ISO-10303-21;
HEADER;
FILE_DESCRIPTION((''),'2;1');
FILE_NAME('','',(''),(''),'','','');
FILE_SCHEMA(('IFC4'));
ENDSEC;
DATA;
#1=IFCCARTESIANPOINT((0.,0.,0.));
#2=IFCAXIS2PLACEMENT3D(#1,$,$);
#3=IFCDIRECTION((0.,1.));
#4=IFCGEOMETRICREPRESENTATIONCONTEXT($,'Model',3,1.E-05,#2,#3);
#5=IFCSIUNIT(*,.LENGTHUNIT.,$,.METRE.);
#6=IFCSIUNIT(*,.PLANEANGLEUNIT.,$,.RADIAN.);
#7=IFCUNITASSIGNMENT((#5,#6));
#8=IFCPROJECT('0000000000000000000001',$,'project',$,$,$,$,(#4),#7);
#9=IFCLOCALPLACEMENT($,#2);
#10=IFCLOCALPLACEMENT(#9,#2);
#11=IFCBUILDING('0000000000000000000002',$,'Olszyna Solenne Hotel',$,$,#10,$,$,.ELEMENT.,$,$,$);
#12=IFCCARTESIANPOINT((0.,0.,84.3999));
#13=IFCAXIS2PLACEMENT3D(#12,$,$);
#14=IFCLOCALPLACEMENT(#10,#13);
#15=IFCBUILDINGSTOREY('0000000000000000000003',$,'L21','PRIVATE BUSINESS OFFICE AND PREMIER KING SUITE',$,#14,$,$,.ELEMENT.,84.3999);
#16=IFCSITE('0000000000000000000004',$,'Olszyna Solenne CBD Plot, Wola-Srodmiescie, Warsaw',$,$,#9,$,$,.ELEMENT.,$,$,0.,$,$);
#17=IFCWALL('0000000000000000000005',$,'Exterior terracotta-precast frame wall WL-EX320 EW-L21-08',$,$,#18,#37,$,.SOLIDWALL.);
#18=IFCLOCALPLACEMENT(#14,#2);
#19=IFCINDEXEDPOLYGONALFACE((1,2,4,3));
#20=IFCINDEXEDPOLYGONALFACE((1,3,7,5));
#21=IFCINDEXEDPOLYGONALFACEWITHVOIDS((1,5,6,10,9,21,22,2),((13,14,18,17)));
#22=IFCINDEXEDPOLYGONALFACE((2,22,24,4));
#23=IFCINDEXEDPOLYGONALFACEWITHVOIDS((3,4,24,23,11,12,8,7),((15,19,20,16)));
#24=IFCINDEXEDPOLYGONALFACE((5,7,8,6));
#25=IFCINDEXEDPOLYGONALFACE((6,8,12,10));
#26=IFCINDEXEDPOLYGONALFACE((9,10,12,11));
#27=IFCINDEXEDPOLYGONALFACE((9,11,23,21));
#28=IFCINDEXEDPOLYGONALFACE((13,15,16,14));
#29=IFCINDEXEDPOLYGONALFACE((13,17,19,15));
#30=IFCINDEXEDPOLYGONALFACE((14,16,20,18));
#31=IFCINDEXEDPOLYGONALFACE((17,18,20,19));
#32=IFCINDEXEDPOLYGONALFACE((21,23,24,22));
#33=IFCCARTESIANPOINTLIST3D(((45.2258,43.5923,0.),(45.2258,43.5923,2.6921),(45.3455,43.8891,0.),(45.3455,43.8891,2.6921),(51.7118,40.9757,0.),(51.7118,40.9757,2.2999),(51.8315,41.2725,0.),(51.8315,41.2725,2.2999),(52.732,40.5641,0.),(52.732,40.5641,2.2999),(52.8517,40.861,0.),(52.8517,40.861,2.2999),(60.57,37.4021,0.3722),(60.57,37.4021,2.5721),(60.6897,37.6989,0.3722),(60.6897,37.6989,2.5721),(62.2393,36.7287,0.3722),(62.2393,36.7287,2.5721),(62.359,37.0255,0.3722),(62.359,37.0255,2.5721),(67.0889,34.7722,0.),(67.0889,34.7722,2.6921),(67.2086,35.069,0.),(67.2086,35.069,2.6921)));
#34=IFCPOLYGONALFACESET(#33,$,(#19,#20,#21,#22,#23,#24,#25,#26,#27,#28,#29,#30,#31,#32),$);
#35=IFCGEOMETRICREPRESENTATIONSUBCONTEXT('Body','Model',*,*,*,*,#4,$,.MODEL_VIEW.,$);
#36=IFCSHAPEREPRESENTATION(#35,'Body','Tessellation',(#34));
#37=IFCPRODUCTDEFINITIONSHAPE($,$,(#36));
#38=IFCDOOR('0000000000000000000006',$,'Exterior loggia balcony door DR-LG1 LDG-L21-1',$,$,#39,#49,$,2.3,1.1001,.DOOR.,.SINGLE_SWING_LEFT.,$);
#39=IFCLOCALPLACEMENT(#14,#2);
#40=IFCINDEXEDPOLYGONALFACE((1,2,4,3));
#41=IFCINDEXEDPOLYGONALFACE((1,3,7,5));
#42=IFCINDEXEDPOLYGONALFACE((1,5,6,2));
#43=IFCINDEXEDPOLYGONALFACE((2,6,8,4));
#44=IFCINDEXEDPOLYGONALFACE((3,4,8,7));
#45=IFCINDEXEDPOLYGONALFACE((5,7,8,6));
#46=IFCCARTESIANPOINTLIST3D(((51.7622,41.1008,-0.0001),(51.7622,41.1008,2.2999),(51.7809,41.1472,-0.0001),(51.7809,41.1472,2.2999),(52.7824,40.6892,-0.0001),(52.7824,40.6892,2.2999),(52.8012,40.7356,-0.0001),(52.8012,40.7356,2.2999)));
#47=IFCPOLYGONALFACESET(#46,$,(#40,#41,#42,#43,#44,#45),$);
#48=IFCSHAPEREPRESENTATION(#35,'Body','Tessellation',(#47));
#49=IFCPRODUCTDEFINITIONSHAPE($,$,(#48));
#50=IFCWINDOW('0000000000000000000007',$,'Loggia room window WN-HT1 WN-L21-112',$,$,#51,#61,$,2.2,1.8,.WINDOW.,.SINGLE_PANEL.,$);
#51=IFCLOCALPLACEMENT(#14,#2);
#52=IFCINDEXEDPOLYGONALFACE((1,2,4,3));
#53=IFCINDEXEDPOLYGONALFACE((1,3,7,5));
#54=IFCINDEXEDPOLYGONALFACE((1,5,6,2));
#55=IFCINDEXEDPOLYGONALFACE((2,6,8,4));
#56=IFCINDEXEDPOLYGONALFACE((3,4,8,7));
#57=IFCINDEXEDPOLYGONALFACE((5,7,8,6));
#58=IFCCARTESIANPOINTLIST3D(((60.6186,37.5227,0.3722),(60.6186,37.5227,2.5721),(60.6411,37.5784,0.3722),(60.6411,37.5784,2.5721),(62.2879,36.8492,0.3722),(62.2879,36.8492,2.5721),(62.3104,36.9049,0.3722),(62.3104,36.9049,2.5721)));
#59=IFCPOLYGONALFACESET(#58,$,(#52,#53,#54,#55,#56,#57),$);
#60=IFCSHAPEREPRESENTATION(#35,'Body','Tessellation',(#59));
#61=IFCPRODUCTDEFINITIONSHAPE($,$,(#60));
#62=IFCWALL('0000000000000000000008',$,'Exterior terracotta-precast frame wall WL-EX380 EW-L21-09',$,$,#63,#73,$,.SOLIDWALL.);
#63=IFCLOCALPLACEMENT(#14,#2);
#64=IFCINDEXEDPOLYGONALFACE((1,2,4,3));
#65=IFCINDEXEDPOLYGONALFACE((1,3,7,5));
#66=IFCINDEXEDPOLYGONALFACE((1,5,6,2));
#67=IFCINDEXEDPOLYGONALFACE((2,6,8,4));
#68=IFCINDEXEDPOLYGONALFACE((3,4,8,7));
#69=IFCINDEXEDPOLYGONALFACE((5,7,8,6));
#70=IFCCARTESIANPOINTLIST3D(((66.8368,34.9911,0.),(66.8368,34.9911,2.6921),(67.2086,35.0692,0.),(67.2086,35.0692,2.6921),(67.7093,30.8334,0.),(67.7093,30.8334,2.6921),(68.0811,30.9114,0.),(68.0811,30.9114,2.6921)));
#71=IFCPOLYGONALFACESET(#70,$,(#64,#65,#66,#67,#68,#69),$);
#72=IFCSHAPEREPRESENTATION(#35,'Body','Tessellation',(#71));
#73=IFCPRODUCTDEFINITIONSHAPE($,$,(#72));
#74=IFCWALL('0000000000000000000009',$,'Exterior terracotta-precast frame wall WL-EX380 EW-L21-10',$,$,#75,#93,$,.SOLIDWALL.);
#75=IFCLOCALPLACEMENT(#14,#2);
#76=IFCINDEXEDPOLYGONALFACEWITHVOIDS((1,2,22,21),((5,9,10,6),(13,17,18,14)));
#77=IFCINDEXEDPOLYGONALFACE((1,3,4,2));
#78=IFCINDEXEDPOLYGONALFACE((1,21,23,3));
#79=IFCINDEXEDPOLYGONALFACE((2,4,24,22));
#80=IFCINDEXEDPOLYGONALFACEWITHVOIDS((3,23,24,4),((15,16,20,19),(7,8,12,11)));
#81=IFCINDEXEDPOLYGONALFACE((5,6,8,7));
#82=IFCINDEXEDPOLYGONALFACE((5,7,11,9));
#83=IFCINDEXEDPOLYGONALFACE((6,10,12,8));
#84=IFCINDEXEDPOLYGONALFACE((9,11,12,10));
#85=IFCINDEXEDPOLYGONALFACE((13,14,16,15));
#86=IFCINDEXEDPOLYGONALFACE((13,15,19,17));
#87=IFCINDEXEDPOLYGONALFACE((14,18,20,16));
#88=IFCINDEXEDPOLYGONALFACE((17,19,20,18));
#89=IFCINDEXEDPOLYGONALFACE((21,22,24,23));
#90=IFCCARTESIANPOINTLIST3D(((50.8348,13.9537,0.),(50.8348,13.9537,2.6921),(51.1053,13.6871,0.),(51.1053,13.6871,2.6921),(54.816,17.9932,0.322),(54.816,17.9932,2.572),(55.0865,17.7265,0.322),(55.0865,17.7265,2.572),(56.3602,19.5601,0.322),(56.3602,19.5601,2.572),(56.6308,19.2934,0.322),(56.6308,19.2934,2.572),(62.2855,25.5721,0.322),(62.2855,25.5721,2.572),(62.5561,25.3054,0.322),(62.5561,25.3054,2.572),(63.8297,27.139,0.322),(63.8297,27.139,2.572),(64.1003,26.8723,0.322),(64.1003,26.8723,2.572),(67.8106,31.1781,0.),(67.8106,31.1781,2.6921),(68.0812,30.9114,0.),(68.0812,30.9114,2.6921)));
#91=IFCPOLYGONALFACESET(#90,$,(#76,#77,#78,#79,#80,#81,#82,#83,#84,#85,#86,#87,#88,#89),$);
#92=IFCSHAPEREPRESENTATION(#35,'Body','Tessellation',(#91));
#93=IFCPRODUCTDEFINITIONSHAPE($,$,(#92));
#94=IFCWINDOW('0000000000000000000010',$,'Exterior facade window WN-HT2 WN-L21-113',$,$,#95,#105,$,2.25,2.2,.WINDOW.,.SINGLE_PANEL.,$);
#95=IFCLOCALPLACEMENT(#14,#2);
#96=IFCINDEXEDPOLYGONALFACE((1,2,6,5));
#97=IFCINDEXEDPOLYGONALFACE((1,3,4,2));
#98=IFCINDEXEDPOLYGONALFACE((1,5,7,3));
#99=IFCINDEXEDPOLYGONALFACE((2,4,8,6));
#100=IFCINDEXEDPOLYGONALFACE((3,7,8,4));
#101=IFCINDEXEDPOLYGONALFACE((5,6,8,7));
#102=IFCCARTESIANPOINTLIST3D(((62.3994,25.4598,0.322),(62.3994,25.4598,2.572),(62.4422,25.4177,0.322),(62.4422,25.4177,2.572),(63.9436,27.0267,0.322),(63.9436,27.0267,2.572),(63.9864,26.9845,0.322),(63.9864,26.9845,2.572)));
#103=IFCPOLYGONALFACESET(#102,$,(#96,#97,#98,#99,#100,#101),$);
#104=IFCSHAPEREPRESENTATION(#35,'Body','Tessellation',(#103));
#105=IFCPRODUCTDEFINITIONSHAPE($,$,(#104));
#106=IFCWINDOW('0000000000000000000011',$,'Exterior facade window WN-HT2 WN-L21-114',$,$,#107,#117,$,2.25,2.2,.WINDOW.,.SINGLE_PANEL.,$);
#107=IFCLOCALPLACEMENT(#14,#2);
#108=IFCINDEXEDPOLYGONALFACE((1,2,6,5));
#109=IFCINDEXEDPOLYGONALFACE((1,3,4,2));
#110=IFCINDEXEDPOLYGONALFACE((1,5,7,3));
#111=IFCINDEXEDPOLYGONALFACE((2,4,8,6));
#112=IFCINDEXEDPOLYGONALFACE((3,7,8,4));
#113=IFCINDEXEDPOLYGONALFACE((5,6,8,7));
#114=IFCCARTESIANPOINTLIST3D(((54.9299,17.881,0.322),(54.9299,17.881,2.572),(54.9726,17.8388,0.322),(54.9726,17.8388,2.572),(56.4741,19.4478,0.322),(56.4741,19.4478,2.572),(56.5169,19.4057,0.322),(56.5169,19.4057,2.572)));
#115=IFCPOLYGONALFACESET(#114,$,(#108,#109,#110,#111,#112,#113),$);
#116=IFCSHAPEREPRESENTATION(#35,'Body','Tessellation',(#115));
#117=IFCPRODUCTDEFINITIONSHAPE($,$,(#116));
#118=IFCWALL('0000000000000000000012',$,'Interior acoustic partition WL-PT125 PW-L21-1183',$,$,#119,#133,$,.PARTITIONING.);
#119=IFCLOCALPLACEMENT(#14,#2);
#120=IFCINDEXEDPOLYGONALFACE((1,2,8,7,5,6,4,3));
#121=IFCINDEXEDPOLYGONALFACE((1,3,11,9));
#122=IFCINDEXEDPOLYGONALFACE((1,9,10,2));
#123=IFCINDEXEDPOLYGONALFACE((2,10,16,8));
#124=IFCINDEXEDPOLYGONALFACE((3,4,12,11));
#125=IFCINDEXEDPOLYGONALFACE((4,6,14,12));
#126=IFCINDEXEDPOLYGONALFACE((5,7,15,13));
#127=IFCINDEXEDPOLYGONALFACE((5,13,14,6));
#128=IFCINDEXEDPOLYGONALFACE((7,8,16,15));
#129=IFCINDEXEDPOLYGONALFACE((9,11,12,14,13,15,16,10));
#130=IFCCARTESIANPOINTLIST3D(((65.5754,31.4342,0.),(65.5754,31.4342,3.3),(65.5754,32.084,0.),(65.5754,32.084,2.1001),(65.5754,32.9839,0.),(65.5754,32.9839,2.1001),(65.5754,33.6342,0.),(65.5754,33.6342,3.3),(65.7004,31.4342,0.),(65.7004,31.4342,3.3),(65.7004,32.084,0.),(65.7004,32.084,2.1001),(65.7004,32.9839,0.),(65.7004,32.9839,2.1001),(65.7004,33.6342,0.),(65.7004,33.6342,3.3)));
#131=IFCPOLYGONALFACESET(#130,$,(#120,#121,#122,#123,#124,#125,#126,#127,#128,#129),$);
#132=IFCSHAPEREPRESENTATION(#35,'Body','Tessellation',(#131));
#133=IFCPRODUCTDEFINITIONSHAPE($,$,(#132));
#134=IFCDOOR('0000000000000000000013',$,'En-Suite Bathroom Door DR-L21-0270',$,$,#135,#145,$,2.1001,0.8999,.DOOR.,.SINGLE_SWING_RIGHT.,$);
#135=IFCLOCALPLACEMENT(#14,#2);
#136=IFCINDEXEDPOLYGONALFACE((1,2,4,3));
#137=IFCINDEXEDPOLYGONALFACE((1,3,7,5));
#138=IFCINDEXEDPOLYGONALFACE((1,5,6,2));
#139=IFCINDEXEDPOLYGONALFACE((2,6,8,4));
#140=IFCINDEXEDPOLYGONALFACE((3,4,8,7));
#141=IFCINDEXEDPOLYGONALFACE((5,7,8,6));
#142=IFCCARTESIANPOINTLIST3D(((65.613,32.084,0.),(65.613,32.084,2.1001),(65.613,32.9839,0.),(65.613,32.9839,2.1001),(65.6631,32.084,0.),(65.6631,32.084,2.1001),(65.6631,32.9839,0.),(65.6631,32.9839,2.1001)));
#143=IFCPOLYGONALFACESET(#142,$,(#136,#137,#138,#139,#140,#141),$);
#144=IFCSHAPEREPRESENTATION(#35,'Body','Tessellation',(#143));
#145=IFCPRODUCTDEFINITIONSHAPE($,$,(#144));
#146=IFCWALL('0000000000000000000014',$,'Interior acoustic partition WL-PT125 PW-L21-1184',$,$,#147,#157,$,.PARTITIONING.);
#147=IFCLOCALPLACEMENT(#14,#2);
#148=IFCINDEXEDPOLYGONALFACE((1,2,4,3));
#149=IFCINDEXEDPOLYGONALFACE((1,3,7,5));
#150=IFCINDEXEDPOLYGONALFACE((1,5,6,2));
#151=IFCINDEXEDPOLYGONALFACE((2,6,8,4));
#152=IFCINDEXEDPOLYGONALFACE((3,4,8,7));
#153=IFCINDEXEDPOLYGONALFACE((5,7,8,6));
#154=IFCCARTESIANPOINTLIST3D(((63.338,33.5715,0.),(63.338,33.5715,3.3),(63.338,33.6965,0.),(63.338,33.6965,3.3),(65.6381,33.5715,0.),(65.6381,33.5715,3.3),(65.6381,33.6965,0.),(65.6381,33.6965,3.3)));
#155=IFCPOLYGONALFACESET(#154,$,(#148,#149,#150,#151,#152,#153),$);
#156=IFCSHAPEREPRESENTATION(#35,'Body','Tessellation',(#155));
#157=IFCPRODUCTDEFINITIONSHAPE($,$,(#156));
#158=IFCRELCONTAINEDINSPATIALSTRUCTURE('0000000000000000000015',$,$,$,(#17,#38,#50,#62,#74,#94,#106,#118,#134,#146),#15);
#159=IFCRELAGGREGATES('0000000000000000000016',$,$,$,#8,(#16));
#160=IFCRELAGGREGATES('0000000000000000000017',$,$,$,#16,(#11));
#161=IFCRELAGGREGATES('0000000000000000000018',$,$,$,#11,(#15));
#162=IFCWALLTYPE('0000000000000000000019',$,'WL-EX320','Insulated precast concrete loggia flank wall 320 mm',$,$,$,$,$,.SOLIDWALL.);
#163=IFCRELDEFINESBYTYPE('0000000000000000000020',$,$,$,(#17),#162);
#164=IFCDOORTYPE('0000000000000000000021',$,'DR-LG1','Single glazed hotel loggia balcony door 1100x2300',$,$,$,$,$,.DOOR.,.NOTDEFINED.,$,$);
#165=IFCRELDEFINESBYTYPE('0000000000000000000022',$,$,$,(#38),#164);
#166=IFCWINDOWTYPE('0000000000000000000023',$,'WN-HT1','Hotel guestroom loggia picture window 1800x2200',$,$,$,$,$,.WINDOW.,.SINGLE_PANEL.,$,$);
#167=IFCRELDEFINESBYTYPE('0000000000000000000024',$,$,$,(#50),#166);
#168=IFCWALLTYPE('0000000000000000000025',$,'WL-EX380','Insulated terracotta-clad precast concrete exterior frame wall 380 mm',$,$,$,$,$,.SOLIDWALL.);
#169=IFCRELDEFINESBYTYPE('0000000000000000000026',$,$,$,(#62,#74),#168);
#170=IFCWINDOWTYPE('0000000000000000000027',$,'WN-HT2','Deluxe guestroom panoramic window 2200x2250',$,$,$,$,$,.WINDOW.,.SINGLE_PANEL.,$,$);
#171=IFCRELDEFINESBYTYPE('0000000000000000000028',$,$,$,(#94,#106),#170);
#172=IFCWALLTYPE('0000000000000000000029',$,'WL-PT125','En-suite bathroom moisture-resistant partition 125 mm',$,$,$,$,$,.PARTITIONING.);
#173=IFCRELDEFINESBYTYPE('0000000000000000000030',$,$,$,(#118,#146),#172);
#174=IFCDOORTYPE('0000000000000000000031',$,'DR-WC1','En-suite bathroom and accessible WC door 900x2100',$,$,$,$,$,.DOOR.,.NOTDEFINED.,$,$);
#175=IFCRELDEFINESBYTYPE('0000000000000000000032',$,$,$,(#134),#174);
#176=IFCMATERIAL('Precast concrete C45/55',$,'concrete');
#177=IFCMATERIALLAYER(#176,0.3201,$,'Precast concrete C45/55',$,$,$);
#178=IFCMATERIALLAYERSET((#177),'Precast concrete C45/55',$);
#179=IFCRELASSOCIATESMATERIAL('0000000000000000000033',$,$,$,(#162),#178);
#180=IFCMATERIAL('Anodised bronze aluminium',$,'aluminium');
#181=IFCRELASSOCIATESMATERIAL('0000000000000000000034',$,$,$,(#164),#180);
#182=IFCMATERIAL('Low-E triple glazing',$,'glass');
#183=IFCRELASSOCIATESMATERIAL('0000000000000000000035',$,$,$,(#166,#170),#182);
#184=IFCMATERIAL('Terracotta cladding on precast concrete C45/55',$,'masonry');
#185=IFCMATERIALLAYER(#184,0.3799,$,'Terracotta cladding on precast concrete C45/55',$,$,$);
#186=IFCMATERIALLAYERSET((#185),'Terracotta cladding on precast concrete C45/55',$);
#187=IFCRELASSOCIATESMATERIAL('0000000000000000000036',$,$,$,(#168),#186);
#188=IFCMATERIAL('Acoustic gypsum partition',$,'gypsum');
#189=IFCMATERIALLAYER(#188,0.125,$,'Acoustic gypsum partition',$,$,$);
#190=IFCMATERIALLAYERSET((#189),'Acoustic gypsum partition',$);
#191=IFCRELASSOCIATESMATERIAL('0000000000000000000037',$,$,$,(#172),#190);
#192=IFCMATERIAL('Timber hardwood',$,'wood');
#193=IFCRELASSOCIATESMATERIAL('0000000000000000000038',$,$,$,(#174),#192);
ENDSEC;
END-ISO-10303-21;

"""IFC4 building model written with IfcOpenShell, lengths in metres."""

from ifc_helpers import new_model, si_unit, direction, frame, frame_2d, origin, place, context, subcontext, project, spatial, rectangle, extrude, source, transform, mapped, material, layer, layer_set, type_object, type_shapes, element, fill, save


model = new_model("IFC4")

# Units and contexts
model_context = context("Model", 3, precision=1e-05, world=origin(), true_north=direction((0.0, 1.0)))
body_context = subcontext(model_context, "Body", "Model", "MODEL_VIEW")
ifc_project = project(units=[si_unit("LENGTHUNIT", "METRE"), si_unit("PLANEANGLEUNIT", "RADIAN")], contexts=[model_context])

# Site, building, storey
site_placement = place(None, origin())
site = spatial("IfcSite", under=ifc_project, at=site_placement, Name="Olszyna Solenne CBD Plot, Wola-Srodmiescie, Warsaw", CompositionType="ELEMENT", RefElevation=0.0)
building_placement = place(site_placement, origin())
building = spatial("IfcBuilding", under=site, at=building_placement, Name="Olszyna Solenne Hotel", CompositionType="ELEMENT")
storey_placement = place(building_placement, frame((0.0, 0.0, 84.3999)))
storey = spatial("IfcBuildingStorey", under=building, at=storey_placement, Name="L21", Description="PRIVATE BUSINESS OFFICE AND PREMIER KING SUITE", CompositionType="ELEMENT", Elevation=84.3999)

# Shared definitions
ifc_material_1 = material(Name="Timber hardwood", Category="wood")

# Wall, openings, door, window
ifc_material_2 = material(Name="Precast concrete C45/55", Category="concrete")
ifc_layer_1 = layer(ifc_material_2, 0.3201, Name="Precast concrete C45/55")
ifc_layer_set_1 = layer_set([ifc_layer_1], Name="Precast concrete C45/55")
wall_type_1 = type_object("IfcWallType", Name="WL-EX320", Description="Insulated precast concrete loggia flank wall 320 mm", PredefinedType="SOLIDWALL", material=ifc_layer_set_1)
wall_1_placement = place(storey_placement, frame((45.2856, 43.7407, 0.0), z_axis=(0.0, 0.0, 1.0), x_axis=(0.927378, -0.374126, 0.0)))
wall_1 = element("IfcWall", 1, at=wall_1_placement, inside=storey, type_object=wall_type_1, Name="Exterior terracotta-precast frame wall WL-EX320 EW-L21-08", PredefinedType="SOLIDWALL", context=body_context, shape_type="SweptSolid", body=[
    extrude(rectangle(XDim=23.5752, YDim=0.3201, at=frame_2d((11.7876, 0.0))), origin(), (0.0, 0.0, 1.0), 2.6921),
])
opening_1_placement = place(wall_1_placement, frame((6.9939, 0.0, 0.0)))
opening_1 = element("IfcOpeningElement", 2, at=opening_1_placement, cuts=wall_1, PredefinedType="OPENING", context=body_context, shape_type="SweptSolid", body=[
    extrude(rectangle(XDim=1.1001, YDim=2.3, at=frame_2d((0.55, 1.1499))), frame((0.0, 0.1699, 0.0), z_axis=(0.0, -1.0, 0.0), x_axis=(1.0, 0.0, 0.0)), (0.0, 0.0, 1.0), 0.3401),
])
opening_2_placement = place(wall_1_placement, frame((16.5459, 0.0, 0.3721)))
opening_2 = element("IfcOpeningElement", 3, at=opening_2_placement, cuts=wall_1, PredefinedType="OPENING", context=body_context, shape_type="SweptSolid", body=[
    extrude(rectangle(XDim=1.8, YDim=2.2, at=frame_2d((0.8999, 1.1001))), frame((0.0, 0.1699, 0.0), z_axis=(0.0, -1.0, 0.0), x_axis=(1.0, 0.0, 0.0)), (0.0, 0.0, 1.0), 0.3401),
])
ifc_material_3 = material(Name="Anodised bronze aluminium", Category="aluminium")
door_type_1 = type_object("IfcDoorType", Name="DR-LG1", Description="Single glazed hotel loggia balcony door 1100x2300", OperationType="NOTDEFINED", PredefinedType="DOOR", material=ifc_material_3)
shared_shape_1 = source(origin(), body_context, "Body", "SweptSolid", [
    extrude(rectangle(XDim=1.1001, YDim=2.3, at=frame_2d((0.55, 1.1499))), frame((0.0, 0.0249, 0.0), z_axis=(0.0, -1.0, 0.0), x_axis=(1.0, 0.0, 0.0)), (0.0, 0.0, 1.0), 0.05),
])
type_shapes(door_type_1, [shared_shape_1])
door_1_placement = place(opening_1_placement, origin())
door_1 = element("IfcDoor", 4, at=door_1_placement, inside=storey, type_object=door_type_1, Name="Exterior loggia balcony door DR-LG1 LDG-L21-1", OperationType="SINGLE_SWING_LEFT", OverallHeight=2.3, OverallWidth=1.1001, PredefinedType="DOOR", context=body_context, shape_type="MappedRepresentation", body=[
    mapped(shared_shape_1, transform((0.0, 0.0, 0.0), x_axis=(1.0, 0.0, 0.0), y_axis=(0.0, 1.0, 0.0), z_axis=(0.0, 0.0, 1.0), scale=1.0)),
])
fill(opening_1, door_1)
ifc_material_4 = material(Name="Low-E triple glazing", Category="glass")
window_type_1 = type_object("IfcWindowType", Name="WN-HT1", Description="Hotel guestroom loggia picture window 1800x2200", PartitioningType="SINGLE_PANEL", PredefinedType="WINDOW", material=ifc_material_4)
shared_shape_2 = source(origin(), body_context, "Body", "SweptSolid", [
    extrude(rectangle(XDim=1.8, YDim=2.2, at=frame_2d((0.8999, 1.1001))), frame((0.0, 0.03, 0.0), z_axis=(0.0, -1.0, 0.0), x_axis=(1.0, 0.0, 0.0)), (0.0, 0.0, 1.0), 0.0601),
])
type_shapes(window_type_1, [shared_shape_2])
window_1_placement = place(opening_2_placement, origin())
window_1 = element("IfcWindow", 5, at=window_1_placement, inside=storey, type_object=window_type_1, Name="Loggia room window WN-HT1 WN-L21-112", OverallHeight=2.2, OverallWidth=1.8, PartitioningType="SINGLE_PANEL", PredefinedType="WINDOW", context=body_context, shape_type="MappedRepresentation", body=[
    mapped(shared_shape_2, transform((0.0, 0.0, 0.0), x_axis=(1.0, 0.0, 0.0), y_axis=(0.0, 1.0, 0.0), z_axis=(0.0, 0.0, 1.0), scale=1.0)),
])
fill(opening_2, window_1)

# Wall
ifc_material_5 = material(Name="Terracotta cladding on precast concrete C45/55", Category="masonry")
ifc_layer_2 = layer(ifc_material_5, 0.3799, Name="Terracotta cladding on precast concrete C45/55")
ifc_layer_set_2 = layer_set([ifc_layer_2], Name="Terracotta cladding on precast concrete C45/55")
wall_type_2 = type_object("IfcWallType", Name="WL-EX380", Description="Insulated terracotta-clad precast concrete exterior frame wall 380 mm", PredefinedType="SOLIDWALL", material=ifc_layer_set_2)
wall_2_placement = place(storey_placement, frame((67.0227, 35.03, 0.0), z_axis=(0.0, 0.0, 1.0), x_axis=(0.205391, -0.97868, 0.0)))
element("IfcWall", 6, at=wall_2_placement, inside=storey, type_object=wall_type_2, Name="Exterior terracotta-precast frame wall WL-EX380 EW-L21-09", PredefinedType="SOLIDWALL", context=body_context, shape_type="SweptSolid", body=[
    extrude(rectangle(XDim=4.2483, YDim=0.3799, at=frame_2d((2.124, 0.0))), origin(), (0.0, 0.0, 1.0), 2.6921),
])

# Wall, openings, windows
wall_3_placement = place(storey_placement, frame((67.9458, 31.0447, 0.0), z_axis=(0.0, 0.0, 1.0), x_axis=(-0.70195, -0.712227, 0.0)))
wall_3 = element("IfcWall", 7, at=wall_3_placement, inside=storey, type_object=wall_type_2, Name="Exterior terracotta-precast frame wall WL-EX380 EW-L21-10", PredefinedType="SOLIDWALL", context=body_context, shape_type="SweptSolid", body=[
    extrude(rectangle(XDim=24.1838, YDim=0.3799, at=frame_2d((12.0918, 0.0))), origin(), (0.0, 0.0, 1.0), 2.6921),
])
opening_3_placement = place(wall_3_placement, frame((5.6709, 0.0, 0.322)))
opening_3 = element("IfcOpeningElement", 8, at=opening_3_placement, cuts=wall_3, PredefinedType="OPENING", context=body_context, shape_type="SweptSolid", body=[
    extrude(rectangle(XDim=2.2, YDim=2.25, at=frame_2d((1.1001, 1.125))), frame((0.0, 0.2, 0.0), z_axis=(0.0, -1.0, 0.0), x_axis=(1.0, 0.0, 0.0)), (0.0, 0.0, 1.0), 0.3999),
])
opening_4_placement = place(wall_3_placement, frame((16.312, 0.0, 0.322)))
opening_4 = element("IfcOpeningElement", 9, at=opening_4_placement, cuts=wall_3, PredefinedType="OPENING", context=body_context, shape_type="SweptSolid", body=[
    extrude(rectangle(XDim=2.2, YDim=2.25, at=frame_2d((1.1001, 1.125))), frame((0.0, 0.2, 0.0), z_axis=(0.0, -1.0, 0.0), x_axis=(1.0, 0.0, 0.0)), (0.0, 0.0, 1.0), 0.3999),
])
window_type_2 = type_object("IfcWindowType", Name="WN-HT2", Description="Deluxe guestroom panoramic window 2200x2250", PartitioningType="SINGLE_PANEL", PredefinedType="WINDOW", material=ifc_material_4)
shared_shape_3 = source(origin(), body_context, "Body", "SweptSolid", [
    extrude(rectangle(XDim=2.2, YDim=2.25, at=frame_2d((1.1001, 1.125))), frame((0.0, 0.03, 0.0), z_axis=(0.0, -1.0, 0.0), x_axis=(1.0, 0.0, 0.0)), (0.0, 0.0, 1.0), 0.0601),
])
type_shapes(window_type_2, [shared_shape_3])
window_2_placement = place(opening_3_placement, origin())
window_2 = element("IfcWindow", 10, at=window_2_placement, inside=storey, type_object=window_type_2, Name="Exterior facade window WN-HT2 WN-L21-113", OverallHeight=2.25, OverallWidth=2.2, PartitioningType="SINGLE_PANEL", PredefinedType="WINDOW", context=body_context, shape_type="MappedRepresentation", body=[
    mapped(shared_shape_3, transform((0.0, 0.0, 0.0), x_axis=(1.0, 0.0, 0.0), y_axis=(0.0, 1.0, 0.0), z_axis=(0.0, 0.0, 1.0), scale=1.0)),
])
fill(opening_3, window_2)
window_3_placement = place(opening_4_placement, origin())
window_3 = element("IfcWindow", 11, at=window_3_placement, inside=storey, type_object=window_type_2, Name="Exterior facade window WN-HT2 WN-L21-114", OverallHeight=2.25, OverallWidth=2.2, PartitioningType="SINGLE_PANEL", PredefinedType="WINDOW", context=body_context, shape_type="MappedRepresentation", body=[
    mapped(shared_shape_3, transform((0.0, 0.0, 0.0), x_axis=(1.0, 0.0, 0.0), y_axis=(0.0, 1.0, 0.0), z_axis=(0.0, 0.0, 1.0), scale=1.0)),
])
fill(opening_4, window_3)

# Wall, opening, door
ifc_material_6 = material(Name="Acoustic gypsum partition", Category="gypsum")
ifc_layer_3 = layer(ifc_material_6, 0.125, Name="Acoustic gypsum partition")
ifc_layer_set_3 = layer_set([ifc_layer_3], Name="Acoustic gypsum partition")
wall_type_3 = type_object("IfcWallType", Name="WL-PT125", Description="En-suite bathroom moisture-resistant partition 125 mm", PredefinedType="PARTITIONING", material=ifc_layer_set_3)
wall_4_placement = place(storey_placement, frame((65.6379, 31.4341, 0.0), z_axis=(0.0, 0.0, 1.0), x_axis=(0.0, 1.0, 0.0)))
wall_4 = element("IfcWall", 12, at=wall_4_placement, inside=storey, type_object=wall_type_3, Name="Interior acoustic partition WL-PT125 PW-L21-1183", PredefinedType="PARTITIONING", context=body_context, shape_type="SweptSolid", body=[
    extrude(rectangle(XDim=2.2, YDim=0.125, at=frame_2d((1.1001, 0.0))), origin(), (0.0, 0.0, 1.0), 3.3),
])
opening_5_placement = place(wall_4_placement, frame((0.6499, 0.0, 0.0)))
opening_5 = element("IfcOpeningElement", 13, at=opening_5_placement, cuts=wall_4, PredefinedType="OPENING", context=body_context, shape_type="SweptSolid", body=[
    extrude(rectangle(XDim=0.8999, YDim=2.1001, at=frame_2d((0.45, 1.05))), frame((0.0, 0.0725, 0.0), z_axis=(0.0, -1.0, 0.0), x_axis=(1.0, 0.0, 0.0)), (0.0, 0.0, 1.0), 0.145),
])
door_type_2 = type_object("IfcDoorType", Name="DR-WC1", Description="En-suite bathroom and accessible WC door 900x2100", OperationType="NOTDEFINED", PredefinedType="DOOR", material=ifc_material_1)
shared_shape_4 = source(origin(), body_context, "Body", "SweptSolid", [
    extrude(rectangle(XDim=0.8999, YDim=2.1001, at=frame_2d((0.45, 1.05))), frame((0.0, 0.0249, 0.0), z_axis=(0.0, -1.0, 0.0), x_axis=(1.0, 0.0, 0.0)), (0.0, 0.0, 1.0), 0.05),
])
type_shapes(door_type_2, [shared_shape_4])
door_2_placement = place(opening_5_placement, origin())
door_2 = element("IfcDoor", 14, at=door_2_placement, inside=storey, type_object=door_type_2, Name="En-Suite Bathroom Door DR-L21-0270", OperationType="SINGLE_SWING_RIGHT", OverallHeight=2.1001, OverallWidth=0.8999, PredefinedType="DOOR", context=body_context, shape_type="MappedRepresentation", body=[
    mapped(shared_shape_4, transform((0.0, 0.0, 0.0), x_axis=(1.0, 0.0, 0.0), y_axis=(0.0, 1.0, 0.0), z_axis=(0.0, 0.0, 1.0), scale=1.0)),
])
fill(opening_5, door_2)

# Wall
wall_5_placement = place(storey_placement, frame((65.6379, 33.634, 0.0), z_axis=(0.0, 0.0, 1.0), x_axis=(-1.0, 0.0, 0.0)))
element("IfcWall", 15, at=wall_5_placement, inside=storey, type_object=wall_type_3, Name="Interior acoustic partition WL-PT125 PW-L21-1184", PredefinedType="PARTITIONING", context=body_context, shape_type="SweptSolid", body=[
    extrude(rectangle(XDim=2.3, YDim=0.125, at=frame_2d((1.1499, 0.0))), origin(), (0.0, 0.0, 1.0), 3.3),
])

save(model, "model.ifc")
